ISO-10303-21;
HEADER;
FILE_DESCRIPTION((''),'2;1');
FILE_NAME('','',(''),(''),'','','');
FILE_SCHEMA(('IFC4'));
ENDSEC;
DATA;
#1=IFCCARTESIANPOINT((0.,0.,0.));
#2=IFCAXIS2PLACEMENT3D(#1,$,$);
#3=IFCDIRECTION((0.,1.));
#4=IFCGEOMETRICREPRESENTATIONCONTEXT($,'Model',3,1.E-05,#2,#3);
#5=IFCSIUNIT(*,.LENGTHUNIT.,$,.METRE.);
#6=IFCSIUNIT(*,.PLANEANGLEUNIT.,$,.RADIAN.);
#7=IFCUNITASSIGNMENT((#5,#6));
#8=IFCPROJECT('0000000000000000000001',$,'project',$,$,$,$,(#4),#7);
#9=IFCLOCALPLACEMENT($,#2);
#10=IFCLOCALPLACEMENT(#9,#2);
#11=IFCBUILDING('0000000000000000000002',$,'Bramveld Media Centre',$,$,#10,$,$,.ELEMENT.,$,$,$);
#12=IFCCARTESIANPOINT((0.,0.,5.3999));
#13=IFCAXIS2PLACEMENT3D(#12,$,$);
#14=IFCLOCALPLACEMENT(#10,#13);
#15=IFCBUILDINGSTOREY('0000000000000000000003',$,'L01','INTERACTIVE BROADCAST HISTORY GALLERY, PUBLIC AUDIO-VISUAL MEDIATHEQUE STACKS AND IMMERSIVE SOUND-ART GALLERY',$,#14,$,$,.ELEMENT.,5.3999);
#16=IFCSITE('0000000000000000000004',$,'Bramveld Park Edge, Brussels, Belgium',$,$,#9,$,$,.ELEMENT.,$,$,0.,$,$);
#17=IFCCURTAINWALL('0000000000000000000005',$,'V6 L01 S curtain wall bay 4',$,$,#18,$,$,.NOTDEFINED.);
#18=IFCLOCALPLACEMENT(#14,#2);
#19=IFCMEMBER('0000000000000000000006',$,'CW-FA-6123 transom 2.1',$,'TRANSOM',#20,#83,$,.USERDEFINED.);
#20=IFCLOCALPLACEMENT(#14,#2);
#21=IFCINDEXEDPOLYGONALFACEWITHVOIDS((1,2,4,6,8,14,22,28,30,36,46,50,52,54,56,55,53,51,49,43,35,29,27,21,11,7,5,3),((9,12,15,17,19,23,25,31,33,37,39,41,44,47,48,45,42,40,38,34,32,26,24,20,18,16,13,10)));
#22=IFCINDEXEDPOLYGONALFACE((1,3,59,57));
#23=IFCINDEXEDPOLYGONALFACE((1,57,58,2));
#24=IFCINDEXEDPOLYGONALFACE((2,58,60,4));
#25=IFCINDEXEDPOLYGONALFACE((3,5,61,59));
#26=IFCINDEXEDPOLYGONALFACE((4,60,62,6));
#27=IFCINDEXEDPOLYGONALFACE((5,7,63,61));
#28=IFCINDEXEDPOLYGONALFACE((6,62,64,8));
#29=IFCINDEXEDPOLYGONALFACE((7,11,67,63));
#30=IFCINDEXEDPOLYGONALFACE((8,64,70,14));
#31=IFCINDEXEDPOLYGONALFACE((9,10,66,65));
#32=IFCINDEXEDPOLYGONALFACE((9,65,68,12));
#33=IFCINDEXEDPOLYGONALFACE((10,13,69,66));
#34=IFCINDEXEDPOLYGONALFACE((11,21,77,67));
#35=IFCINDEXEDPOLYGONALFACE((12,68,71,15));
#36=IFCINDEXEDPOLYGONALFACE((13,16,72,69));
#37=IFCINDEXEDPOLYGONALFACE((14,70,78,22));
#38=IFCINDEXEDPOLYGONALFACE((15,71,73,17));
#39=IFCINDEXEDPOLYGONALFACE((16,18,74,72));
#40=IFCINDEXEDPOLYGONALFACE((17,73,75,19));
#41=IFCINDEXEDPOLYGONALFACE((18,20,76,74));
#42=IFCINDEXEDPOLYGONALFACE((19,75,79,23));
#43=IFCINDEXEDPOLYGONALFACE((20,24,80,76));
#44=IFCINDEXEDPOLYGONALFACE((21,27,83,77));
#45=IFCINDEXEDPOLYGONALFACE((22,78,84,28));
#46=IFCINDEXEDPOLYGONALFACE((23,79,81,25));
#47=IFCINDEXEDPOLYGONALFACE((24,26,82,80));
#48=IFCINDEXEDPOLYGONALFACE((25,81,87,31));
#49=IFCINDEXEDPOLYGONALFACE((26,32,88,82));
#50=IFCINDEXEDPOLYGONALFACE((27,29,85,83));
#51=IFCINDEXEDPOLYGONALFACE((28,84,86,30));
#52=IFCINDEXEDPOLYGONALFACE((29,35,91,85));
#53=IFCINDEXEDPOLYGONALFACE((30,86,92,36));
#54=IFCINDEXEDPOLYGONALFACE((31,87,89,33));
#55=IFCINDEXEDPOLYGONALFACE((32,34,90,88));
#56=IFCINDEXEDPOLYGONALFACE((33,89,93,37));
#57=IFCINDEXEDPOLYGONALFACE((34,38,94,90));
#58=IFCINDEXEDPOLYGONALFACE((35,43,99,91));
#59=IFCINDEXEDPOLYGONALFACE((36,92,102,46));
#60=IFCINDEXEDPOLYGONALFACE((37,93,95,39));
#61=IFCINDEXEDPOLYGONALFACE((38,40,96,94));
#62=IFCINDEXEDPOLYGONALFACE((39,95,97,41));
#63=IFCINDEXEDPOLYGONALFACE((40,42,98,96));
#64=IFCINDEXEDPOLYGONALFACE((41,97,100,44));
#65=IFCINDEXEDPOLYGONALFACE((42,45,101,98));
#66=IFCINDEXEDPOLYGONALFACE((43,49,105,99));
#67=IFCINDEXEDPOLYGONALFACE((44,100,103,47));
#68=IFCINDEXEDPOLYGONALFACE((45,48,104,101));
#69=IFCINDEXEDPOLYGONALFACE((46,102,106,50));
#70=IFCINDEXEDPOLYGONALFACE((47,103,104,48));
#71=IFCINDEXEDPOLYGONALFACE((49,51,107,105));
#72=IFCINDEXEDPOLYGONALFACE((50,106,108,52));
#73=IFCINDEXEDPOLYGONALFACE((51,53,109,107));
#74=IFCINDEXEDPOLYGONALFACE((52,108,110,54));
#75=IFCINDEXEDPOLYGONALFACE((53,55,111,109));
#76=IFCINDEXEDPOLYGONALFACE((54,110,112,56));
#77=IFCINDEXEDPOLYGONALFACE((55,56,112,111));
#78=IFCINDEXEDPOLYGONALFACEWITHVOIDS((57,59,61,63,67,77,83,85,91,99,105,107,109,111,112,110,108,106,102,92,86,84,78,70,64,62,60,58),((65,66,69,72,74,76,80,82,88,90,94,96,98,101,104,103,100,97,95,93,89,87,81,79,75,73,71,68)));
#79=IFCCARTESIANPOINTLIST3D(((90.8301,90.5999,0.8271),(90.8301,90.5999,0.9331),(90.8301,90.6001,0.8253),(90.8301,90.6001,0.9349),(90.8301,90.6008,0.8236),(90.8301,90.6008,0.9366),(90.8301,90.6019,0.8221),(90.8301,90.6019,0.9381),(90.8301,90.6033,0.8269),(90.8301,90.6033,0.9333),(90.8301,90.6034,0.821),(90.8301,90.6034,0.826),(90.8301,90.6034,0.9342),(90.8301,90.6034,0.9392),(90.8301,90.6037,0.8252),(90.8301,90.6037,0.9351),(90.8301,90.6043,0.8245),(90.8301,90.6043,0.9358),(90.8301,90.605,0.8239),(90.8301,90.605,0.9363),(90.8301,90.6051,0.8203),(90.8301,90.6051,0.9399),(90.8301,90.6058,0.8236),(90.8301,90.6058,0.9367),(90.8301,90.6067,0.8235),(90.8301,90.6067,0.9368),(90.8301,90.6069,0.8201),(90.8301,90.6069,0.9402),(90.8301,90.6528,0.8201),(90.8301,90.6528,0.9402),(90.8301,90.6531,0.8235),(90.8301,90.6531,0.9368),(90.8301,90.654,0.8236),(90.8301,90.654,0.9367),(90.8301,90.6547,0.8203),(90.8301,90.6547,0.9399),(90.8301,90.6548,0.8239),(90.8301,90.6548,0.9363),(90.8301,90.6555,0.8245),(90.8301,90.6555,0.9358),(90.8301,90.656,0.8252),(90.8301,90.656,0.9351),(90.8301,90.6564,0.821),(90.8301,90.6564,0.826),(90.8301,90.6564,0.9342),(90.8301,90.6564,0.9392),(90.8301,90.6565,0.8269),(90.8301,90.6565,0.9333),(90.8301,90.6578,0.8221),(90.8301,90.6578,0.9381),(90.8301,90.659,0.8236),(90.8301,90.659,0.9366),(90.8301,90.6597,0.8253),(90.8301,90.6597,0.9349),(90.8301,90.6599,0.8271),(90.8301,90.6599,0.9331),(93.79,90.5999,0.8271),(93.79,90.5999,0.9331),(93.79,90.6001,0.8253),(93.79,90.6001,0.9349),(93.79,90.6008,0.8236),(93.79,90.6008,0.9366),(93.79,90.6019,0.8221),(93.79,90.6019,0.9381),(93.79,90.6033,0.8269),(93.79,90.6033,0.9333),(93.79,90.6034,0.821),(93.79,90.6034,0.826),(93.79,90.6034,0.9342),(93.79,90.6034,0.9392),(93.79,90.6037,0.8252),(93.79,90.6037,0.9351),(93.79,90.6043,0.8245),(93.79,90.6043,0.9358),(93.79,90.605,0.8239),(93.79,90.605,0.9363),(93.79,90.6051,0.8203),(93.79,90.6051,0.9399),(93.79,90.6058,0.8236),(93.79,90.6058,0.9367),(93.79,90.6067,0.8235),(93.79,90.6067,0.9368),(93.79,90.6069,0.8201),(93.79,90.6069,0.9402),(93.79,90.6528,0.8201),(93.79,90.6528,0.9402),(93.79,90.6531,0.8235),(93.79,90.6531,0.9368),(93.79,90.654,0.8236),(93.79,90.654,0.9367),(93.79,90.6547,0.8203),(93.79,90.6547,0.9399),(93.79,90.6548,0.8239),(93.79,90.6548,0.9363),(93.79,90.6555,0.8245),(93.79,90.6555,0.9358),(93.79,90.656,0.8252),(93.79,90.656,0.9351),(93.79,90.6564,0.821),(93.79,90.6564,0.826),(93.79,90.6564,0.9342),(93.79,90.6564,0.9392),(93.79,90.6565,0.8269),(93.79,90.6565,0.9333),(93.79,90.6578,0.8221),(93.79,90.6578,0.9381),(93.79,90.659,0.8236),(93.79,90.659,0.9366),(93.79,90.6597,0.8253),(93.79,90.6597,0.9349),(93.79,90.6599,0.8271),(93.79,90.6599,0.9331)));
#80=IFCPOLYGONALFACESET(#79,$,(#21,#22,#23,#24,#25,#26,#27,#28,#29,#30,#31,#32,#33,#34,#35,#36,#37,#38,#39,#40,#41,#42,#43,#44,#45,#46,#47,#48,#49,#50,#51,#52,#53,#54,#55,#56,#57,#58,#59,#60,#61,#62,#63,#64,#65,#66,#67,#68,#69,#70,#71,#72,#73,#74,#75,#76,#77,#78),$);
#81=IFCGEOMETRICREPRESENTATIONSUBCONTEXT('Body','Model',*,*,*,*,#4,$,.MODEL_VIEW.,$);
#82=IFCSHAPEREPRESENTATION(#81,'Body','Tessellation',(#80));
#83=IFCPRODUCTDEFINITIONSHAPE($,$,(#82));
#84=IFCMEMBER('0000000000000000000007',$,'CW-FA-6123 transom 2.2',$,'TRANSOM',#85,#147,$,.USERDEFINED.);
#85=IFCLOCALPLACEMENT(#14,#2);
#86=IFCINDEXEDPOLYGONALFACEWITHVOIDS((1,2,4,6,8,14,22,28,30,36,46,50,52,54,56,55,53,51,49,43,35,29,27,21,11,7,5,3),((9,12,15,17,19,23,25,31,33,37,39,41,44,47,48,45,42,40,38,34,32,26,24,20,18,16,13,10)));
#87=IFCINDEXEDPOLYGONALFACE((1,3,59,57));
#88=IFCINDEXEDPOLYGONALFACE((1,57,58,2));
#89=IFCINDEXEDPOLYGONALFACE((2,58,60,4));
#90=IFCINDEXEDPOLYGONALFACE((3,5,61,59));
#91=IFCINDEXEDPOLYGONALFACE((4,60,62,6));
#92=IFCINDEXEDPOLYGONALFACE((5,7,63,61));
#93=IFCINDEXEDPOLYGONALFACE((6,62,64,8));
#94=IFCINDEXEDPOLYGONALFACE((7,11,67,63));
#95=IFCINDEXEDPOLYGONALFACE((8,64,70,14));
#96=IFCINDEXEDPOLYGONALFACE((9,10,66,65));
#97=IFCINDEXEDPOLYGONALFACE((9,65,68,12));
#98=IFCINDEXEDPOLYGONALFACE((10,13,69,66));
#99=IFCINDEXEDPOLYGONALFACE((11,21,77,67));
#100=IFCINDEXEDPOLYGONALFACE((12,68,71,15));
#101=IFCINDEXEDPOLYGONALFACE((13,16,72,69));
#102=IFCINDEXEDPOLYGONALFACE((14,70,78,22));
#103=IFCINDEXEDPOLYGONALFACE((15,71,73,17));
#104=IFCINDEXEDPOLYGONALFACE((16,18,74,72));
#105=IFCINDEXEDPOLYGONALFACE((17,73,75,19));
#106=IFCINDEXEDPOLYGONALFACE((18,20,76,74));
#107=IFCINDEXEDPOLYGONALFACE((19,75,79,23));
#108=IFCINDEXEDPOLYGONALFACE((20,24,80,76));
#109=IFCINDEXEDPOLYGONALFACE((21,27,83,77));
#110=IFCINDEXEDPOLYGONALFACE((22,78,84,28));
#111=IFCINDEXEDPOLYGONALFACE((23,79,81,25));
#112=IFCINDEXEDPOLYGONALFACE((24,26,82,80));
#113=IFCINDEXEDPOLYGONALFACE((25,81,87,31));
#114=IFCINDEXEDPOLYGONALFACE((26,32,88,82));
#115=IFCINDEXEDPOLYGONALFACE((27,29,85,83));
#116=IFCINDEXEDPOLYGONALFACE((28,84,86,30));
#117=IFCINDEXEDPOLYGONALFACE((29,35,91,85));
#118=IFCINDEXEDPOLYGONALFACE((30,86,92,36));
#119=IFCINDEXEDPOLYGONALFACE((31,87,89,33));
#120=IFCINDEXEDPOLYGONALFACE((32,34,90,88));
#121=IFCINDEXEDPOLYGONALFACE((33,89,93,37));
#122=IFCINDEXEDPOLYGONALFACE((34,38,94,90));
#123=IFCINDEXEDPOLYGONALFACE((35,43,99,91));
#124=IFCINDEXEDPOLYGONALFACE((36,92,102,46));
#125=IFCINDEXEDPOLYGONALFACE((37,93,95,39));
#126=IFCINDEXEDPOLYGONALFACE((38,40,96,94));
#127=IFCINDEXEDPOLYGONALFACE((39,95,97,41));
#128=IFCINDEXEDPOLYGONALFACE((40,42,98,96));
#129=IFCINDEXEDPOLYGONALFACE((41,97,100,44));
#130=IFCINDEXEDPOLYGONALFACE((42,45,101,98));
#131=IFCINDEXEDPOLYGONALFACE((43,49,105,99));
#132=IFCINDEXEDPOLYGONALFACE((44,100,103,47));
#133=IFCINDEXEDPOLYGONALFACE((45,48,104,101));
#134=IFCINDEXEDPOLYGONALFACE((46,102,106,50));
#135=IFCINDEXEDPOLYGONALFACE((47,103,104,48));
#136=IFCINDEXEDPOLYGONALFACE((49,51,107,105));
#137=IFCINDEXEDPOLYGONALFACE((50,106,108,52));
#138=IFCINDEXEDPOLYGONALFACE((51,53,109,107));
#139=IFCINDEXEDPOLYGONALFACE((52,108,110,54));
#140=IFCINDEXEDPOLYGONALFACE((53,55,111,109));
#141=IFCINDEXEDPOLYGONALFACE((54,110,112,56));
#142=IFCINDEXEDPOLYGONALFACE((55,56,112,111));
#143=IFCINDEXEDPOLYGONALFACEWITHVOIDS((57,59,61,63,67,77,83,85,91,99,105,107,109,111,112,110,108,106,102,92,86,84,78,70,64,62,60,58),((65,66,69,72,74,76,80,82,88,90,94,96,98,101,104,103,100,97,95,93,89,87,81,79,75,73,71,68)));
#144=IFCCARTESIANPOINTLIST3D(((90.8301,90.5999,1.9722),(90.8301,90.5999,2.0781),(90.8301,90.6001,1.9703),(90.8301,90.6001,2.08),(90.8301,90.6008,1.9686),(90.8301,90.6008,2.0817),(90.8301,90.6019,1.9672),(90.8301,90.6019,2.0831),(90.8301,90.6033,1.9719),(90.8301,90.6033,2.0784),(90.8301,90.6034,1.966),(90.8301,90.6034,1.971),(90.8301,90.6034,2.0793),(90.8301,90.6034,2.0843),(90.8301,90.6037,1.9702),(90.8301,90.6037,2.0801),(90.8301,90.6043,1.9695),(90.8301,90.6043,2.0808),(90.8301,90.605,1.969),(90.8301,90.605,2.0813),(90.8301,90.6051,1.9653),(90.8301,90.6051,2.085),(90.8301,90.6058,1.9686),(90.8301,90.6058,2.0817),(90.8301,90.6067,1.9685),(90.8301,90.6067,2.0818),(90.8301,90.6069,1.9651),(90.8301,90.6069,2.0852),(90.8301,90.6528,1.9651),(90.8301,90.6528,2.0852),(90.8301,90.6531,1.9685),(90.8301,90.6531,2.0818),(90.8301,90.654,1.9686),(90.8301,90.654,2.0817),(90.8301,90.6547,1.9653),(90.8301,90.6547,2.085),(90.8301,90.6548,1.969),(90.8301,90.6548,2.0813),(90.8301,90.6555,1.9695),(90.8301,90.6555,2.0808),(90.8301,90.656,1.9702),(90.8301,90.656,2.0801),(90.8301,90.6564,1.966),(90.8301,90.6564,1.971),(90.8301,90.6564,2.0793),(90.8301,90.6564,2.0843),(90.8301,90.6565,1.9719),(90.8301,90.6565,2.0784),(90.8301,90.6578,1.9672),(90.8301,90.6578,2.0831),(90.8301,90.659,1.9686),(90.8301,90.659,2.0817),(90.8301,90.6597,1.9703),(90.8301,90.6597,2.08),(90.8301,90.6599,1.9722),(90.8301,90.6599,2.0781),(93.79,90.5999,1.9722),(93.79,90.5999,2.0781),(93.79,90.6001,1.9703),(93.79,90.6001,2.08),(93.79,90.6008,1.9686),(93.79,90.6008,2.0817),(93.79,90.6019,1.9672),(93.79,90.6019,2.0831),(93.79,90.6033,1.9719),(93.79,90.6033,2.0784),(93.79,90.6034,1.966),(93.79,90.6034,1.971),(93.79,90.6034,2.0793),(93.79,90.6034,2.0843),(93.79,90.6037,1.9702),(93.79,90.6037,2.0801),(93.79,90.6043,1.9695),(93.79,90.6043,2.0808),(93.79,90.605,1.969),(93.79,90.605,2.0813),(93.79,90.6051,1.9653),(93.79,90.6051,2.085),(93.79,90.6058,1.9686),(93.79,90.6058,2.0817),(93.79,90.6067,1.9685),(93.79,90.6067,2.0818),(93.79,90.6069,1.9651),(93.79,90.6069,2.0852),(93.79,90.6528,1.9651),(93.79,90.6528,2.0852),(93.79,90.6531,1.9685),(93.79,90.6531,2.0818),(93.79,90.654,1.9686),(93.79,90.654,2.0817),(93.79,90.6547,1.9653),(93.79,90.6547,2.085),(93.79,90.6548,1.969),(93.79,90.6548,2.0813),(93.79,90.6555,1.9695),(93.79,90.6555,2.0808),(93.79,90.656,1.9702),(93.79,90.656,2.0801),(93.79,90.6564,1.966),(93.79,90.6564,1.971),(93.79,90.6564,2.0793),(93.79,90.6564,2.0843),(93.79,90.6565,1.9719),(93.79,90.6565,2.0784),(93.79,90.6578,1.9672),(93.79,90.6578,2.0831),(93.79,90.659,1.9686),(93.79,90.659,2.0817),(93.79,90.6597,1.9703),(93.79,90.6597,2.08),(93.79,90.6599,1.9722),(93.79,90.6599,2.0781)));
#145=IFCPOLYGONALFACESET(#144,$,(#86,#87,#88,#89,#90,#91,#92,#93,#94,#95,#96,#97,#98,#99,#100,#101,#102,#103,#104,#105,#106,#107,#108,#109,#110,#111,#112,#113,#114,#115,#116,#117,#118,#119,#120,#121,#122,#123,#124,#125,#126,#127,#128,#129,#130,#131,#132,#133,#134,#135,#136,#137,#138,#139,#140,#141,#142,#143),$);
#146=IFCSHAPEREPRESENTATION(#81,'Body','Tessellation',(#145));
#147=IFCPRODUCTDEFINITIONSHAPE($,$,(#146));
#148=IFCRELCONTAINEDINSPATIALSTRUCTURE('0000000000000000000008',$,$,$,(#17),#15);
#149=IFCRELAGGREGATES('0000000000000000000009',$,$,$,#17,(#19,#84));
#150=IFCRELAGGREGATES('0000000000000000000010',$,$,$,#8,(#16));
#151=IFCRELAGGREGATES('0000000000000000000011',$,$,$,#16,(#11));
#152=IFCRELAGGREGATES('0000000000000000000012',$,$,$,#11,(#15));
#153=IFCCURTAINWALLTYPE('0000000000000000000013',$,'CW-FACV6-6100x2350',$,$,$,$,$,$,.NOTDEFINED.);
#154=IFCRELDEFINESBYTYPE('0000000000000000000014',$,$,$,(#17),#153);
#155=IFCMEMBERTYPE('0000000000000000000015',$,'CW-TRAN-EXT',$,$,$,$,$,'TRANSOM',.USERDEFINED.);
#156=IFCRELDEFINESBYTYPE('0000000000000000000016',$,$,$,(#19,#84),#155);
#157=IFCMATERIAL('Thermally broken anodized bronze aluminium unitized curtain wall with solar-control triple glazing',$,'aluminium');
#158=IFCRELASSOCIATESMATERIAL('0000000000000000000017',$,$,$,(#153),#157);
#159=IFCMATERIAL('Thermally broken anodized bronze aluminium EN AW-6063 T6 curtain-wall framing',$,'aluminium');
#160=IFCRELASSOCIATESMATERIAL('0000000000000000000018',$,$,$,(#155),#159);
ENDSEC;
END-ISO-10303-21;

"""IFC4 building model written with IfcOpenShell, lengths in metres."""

from ifc_helpers import new_model, si_unit, direction, frame, origin, origin_2d, place, context, subcontext, project, spatial, hollow_rectangle, extrude, material, material_profile, profile_set, type_object, element, aggregate, save


model = new_model("IFC4")

# Units and contexts
model_context = context("Model", 3, precision=1e-05, world=origin(), true_north=direction((0.0, 1.0)))
body_context = subcontext(model_context, "Body", "Model", "MODEL_VIEW")
ifc_project = project(units=[si_unit("LENGTHUNIT", "METRE"), si_unit("PLANEANGLEUNIT", "RADIAN")], contexts=[model_context])

# Site, building, storey
site_placement = place(None, origin())
site = spatial("IfcSite", under=ifc_project, at=site_placement, Name="Bramveld Park Edge, Brussels, Belgium", CompositionType="ELEMENT", RefElevation=0.0)
building_placement = place(site_placement, origin())
building = spatial("IfcBuilding", under=site, at=building_placement, Name="Bramveld Media Centre", CompositionType="ELEMENT")
storey_placement = place(building_placement, frame((0.0, 0.0, 5.3999)))
storey = spatial("IfcBuildingStorey", under=building, at=storey_placement, Name="L01", Description="INTERACTIVE BROADCAST HISTORY GALLERY, PUBLIC AUDIO-VISUAL MEDIATHEQUE STACKS AND IMMERSIVE SOUND-ART GALLERY", CompositionType="ELEMENT", Elevation=5.3999)

# Curtain wall, members
ifc_material_1 = material(Name="Thermally broken anodized bronze aluminium unitized curtain wall with solar-control triple glazing", Category="aluminium")
curtain_wall_type = type_object("IfcCurtainWallType", Name="CW-FACV6-6100x2350", PredefinedType="NOTDEFINED", material=ifc_material_1)
curtain_wall_placement = place(storey_placement, origin())
curtain_wall = element("IfcCurtainWall", 1, at=curtain_wall_placement, inside=storey, type_object=curtain_wall_type, Name="V6 L01 S curtain wall bay 4", PredefinedType="NOTDEFINED")
ifc_material_2 = material(Name="Thermally broken anodized bronze aluminium EN AW-6063 T6 curtain-wall framing", Category="aluminium")
ifc_material_profile_1 = material_profile(ifc_material_2, hollow_rectangle(XDim=0.0601, YDim=0.1201, WallThickness=0.0034, InnerFilletRadius=0.0034, OuterFilletRadius=0.0071, at=origin_2d()), Name="AL-TRAN 60x120")
ifc_profile_set_1 = profile_set([ifc_material_profile_1], Name="Thermally broken anodized bronze aluminium EN AW-6063 T6 curtain-wall framing")
member_type_1 = type_object("IfcMemberType", Name="CW-TRAN-EXT", ElementType="TRANSOM", PredefinedType="USERDEFINED", material=ifc_profile_set_1)
member_1_placement = place(storey_placement, frame((90.8301, 90.6299, 0.8801), z_axis=(1.0, 0.0, 0.0), x_axis=(0.0, 1.0, 0.0)))
member_1 = element("IfcMember", 2, at=member_1_placement, type_object=member_type_1, Name="CW-FA-6123 transom 2.1", ObjectType="TRANSOM", PredefinedType="USERDEFINED", context=body_context, shape_type="SweptSolid", body=[
    extrude(hollow_rectangle(XDim=0.0601, YDim=0.1201, WallThickness=0.0034, InnerFilletRadius=0.0034, OuterFilletRadius=0.0071, at=origin_2d()), origin(), (0.0, 0.0, 1.0), 2.96),
])
member_2_placement = place(storey_placement, frame((90.8301, 90.6299, 2.0251), z_axis=(1.0, 0.0, 0.0), x_axis=(0.0, 1.0, 0.0)))
member_2 = element("IfcMember", 3, at=member_2_placement, type_object=member_type_1, Name="CW-FA-6123 transom 2.2", ObjectType="TRANSOM", PredefinedType="USERDEFINED", context=body_context, shape_type="SweptSolid", body=[
    extrude(hollow_rectangle(XDim=0.0601, YDim=0.1201, WallThickness=0.0034, InnerFilletRadius=0.0034, OuterFilletRadius=0.0071, at=origin_2d()), origin(), (0.0, 0.0, 1.0), 2.96),
])

aggregate(curtain_wall, [member_1, member_2])

save(model, "model.ifc")
